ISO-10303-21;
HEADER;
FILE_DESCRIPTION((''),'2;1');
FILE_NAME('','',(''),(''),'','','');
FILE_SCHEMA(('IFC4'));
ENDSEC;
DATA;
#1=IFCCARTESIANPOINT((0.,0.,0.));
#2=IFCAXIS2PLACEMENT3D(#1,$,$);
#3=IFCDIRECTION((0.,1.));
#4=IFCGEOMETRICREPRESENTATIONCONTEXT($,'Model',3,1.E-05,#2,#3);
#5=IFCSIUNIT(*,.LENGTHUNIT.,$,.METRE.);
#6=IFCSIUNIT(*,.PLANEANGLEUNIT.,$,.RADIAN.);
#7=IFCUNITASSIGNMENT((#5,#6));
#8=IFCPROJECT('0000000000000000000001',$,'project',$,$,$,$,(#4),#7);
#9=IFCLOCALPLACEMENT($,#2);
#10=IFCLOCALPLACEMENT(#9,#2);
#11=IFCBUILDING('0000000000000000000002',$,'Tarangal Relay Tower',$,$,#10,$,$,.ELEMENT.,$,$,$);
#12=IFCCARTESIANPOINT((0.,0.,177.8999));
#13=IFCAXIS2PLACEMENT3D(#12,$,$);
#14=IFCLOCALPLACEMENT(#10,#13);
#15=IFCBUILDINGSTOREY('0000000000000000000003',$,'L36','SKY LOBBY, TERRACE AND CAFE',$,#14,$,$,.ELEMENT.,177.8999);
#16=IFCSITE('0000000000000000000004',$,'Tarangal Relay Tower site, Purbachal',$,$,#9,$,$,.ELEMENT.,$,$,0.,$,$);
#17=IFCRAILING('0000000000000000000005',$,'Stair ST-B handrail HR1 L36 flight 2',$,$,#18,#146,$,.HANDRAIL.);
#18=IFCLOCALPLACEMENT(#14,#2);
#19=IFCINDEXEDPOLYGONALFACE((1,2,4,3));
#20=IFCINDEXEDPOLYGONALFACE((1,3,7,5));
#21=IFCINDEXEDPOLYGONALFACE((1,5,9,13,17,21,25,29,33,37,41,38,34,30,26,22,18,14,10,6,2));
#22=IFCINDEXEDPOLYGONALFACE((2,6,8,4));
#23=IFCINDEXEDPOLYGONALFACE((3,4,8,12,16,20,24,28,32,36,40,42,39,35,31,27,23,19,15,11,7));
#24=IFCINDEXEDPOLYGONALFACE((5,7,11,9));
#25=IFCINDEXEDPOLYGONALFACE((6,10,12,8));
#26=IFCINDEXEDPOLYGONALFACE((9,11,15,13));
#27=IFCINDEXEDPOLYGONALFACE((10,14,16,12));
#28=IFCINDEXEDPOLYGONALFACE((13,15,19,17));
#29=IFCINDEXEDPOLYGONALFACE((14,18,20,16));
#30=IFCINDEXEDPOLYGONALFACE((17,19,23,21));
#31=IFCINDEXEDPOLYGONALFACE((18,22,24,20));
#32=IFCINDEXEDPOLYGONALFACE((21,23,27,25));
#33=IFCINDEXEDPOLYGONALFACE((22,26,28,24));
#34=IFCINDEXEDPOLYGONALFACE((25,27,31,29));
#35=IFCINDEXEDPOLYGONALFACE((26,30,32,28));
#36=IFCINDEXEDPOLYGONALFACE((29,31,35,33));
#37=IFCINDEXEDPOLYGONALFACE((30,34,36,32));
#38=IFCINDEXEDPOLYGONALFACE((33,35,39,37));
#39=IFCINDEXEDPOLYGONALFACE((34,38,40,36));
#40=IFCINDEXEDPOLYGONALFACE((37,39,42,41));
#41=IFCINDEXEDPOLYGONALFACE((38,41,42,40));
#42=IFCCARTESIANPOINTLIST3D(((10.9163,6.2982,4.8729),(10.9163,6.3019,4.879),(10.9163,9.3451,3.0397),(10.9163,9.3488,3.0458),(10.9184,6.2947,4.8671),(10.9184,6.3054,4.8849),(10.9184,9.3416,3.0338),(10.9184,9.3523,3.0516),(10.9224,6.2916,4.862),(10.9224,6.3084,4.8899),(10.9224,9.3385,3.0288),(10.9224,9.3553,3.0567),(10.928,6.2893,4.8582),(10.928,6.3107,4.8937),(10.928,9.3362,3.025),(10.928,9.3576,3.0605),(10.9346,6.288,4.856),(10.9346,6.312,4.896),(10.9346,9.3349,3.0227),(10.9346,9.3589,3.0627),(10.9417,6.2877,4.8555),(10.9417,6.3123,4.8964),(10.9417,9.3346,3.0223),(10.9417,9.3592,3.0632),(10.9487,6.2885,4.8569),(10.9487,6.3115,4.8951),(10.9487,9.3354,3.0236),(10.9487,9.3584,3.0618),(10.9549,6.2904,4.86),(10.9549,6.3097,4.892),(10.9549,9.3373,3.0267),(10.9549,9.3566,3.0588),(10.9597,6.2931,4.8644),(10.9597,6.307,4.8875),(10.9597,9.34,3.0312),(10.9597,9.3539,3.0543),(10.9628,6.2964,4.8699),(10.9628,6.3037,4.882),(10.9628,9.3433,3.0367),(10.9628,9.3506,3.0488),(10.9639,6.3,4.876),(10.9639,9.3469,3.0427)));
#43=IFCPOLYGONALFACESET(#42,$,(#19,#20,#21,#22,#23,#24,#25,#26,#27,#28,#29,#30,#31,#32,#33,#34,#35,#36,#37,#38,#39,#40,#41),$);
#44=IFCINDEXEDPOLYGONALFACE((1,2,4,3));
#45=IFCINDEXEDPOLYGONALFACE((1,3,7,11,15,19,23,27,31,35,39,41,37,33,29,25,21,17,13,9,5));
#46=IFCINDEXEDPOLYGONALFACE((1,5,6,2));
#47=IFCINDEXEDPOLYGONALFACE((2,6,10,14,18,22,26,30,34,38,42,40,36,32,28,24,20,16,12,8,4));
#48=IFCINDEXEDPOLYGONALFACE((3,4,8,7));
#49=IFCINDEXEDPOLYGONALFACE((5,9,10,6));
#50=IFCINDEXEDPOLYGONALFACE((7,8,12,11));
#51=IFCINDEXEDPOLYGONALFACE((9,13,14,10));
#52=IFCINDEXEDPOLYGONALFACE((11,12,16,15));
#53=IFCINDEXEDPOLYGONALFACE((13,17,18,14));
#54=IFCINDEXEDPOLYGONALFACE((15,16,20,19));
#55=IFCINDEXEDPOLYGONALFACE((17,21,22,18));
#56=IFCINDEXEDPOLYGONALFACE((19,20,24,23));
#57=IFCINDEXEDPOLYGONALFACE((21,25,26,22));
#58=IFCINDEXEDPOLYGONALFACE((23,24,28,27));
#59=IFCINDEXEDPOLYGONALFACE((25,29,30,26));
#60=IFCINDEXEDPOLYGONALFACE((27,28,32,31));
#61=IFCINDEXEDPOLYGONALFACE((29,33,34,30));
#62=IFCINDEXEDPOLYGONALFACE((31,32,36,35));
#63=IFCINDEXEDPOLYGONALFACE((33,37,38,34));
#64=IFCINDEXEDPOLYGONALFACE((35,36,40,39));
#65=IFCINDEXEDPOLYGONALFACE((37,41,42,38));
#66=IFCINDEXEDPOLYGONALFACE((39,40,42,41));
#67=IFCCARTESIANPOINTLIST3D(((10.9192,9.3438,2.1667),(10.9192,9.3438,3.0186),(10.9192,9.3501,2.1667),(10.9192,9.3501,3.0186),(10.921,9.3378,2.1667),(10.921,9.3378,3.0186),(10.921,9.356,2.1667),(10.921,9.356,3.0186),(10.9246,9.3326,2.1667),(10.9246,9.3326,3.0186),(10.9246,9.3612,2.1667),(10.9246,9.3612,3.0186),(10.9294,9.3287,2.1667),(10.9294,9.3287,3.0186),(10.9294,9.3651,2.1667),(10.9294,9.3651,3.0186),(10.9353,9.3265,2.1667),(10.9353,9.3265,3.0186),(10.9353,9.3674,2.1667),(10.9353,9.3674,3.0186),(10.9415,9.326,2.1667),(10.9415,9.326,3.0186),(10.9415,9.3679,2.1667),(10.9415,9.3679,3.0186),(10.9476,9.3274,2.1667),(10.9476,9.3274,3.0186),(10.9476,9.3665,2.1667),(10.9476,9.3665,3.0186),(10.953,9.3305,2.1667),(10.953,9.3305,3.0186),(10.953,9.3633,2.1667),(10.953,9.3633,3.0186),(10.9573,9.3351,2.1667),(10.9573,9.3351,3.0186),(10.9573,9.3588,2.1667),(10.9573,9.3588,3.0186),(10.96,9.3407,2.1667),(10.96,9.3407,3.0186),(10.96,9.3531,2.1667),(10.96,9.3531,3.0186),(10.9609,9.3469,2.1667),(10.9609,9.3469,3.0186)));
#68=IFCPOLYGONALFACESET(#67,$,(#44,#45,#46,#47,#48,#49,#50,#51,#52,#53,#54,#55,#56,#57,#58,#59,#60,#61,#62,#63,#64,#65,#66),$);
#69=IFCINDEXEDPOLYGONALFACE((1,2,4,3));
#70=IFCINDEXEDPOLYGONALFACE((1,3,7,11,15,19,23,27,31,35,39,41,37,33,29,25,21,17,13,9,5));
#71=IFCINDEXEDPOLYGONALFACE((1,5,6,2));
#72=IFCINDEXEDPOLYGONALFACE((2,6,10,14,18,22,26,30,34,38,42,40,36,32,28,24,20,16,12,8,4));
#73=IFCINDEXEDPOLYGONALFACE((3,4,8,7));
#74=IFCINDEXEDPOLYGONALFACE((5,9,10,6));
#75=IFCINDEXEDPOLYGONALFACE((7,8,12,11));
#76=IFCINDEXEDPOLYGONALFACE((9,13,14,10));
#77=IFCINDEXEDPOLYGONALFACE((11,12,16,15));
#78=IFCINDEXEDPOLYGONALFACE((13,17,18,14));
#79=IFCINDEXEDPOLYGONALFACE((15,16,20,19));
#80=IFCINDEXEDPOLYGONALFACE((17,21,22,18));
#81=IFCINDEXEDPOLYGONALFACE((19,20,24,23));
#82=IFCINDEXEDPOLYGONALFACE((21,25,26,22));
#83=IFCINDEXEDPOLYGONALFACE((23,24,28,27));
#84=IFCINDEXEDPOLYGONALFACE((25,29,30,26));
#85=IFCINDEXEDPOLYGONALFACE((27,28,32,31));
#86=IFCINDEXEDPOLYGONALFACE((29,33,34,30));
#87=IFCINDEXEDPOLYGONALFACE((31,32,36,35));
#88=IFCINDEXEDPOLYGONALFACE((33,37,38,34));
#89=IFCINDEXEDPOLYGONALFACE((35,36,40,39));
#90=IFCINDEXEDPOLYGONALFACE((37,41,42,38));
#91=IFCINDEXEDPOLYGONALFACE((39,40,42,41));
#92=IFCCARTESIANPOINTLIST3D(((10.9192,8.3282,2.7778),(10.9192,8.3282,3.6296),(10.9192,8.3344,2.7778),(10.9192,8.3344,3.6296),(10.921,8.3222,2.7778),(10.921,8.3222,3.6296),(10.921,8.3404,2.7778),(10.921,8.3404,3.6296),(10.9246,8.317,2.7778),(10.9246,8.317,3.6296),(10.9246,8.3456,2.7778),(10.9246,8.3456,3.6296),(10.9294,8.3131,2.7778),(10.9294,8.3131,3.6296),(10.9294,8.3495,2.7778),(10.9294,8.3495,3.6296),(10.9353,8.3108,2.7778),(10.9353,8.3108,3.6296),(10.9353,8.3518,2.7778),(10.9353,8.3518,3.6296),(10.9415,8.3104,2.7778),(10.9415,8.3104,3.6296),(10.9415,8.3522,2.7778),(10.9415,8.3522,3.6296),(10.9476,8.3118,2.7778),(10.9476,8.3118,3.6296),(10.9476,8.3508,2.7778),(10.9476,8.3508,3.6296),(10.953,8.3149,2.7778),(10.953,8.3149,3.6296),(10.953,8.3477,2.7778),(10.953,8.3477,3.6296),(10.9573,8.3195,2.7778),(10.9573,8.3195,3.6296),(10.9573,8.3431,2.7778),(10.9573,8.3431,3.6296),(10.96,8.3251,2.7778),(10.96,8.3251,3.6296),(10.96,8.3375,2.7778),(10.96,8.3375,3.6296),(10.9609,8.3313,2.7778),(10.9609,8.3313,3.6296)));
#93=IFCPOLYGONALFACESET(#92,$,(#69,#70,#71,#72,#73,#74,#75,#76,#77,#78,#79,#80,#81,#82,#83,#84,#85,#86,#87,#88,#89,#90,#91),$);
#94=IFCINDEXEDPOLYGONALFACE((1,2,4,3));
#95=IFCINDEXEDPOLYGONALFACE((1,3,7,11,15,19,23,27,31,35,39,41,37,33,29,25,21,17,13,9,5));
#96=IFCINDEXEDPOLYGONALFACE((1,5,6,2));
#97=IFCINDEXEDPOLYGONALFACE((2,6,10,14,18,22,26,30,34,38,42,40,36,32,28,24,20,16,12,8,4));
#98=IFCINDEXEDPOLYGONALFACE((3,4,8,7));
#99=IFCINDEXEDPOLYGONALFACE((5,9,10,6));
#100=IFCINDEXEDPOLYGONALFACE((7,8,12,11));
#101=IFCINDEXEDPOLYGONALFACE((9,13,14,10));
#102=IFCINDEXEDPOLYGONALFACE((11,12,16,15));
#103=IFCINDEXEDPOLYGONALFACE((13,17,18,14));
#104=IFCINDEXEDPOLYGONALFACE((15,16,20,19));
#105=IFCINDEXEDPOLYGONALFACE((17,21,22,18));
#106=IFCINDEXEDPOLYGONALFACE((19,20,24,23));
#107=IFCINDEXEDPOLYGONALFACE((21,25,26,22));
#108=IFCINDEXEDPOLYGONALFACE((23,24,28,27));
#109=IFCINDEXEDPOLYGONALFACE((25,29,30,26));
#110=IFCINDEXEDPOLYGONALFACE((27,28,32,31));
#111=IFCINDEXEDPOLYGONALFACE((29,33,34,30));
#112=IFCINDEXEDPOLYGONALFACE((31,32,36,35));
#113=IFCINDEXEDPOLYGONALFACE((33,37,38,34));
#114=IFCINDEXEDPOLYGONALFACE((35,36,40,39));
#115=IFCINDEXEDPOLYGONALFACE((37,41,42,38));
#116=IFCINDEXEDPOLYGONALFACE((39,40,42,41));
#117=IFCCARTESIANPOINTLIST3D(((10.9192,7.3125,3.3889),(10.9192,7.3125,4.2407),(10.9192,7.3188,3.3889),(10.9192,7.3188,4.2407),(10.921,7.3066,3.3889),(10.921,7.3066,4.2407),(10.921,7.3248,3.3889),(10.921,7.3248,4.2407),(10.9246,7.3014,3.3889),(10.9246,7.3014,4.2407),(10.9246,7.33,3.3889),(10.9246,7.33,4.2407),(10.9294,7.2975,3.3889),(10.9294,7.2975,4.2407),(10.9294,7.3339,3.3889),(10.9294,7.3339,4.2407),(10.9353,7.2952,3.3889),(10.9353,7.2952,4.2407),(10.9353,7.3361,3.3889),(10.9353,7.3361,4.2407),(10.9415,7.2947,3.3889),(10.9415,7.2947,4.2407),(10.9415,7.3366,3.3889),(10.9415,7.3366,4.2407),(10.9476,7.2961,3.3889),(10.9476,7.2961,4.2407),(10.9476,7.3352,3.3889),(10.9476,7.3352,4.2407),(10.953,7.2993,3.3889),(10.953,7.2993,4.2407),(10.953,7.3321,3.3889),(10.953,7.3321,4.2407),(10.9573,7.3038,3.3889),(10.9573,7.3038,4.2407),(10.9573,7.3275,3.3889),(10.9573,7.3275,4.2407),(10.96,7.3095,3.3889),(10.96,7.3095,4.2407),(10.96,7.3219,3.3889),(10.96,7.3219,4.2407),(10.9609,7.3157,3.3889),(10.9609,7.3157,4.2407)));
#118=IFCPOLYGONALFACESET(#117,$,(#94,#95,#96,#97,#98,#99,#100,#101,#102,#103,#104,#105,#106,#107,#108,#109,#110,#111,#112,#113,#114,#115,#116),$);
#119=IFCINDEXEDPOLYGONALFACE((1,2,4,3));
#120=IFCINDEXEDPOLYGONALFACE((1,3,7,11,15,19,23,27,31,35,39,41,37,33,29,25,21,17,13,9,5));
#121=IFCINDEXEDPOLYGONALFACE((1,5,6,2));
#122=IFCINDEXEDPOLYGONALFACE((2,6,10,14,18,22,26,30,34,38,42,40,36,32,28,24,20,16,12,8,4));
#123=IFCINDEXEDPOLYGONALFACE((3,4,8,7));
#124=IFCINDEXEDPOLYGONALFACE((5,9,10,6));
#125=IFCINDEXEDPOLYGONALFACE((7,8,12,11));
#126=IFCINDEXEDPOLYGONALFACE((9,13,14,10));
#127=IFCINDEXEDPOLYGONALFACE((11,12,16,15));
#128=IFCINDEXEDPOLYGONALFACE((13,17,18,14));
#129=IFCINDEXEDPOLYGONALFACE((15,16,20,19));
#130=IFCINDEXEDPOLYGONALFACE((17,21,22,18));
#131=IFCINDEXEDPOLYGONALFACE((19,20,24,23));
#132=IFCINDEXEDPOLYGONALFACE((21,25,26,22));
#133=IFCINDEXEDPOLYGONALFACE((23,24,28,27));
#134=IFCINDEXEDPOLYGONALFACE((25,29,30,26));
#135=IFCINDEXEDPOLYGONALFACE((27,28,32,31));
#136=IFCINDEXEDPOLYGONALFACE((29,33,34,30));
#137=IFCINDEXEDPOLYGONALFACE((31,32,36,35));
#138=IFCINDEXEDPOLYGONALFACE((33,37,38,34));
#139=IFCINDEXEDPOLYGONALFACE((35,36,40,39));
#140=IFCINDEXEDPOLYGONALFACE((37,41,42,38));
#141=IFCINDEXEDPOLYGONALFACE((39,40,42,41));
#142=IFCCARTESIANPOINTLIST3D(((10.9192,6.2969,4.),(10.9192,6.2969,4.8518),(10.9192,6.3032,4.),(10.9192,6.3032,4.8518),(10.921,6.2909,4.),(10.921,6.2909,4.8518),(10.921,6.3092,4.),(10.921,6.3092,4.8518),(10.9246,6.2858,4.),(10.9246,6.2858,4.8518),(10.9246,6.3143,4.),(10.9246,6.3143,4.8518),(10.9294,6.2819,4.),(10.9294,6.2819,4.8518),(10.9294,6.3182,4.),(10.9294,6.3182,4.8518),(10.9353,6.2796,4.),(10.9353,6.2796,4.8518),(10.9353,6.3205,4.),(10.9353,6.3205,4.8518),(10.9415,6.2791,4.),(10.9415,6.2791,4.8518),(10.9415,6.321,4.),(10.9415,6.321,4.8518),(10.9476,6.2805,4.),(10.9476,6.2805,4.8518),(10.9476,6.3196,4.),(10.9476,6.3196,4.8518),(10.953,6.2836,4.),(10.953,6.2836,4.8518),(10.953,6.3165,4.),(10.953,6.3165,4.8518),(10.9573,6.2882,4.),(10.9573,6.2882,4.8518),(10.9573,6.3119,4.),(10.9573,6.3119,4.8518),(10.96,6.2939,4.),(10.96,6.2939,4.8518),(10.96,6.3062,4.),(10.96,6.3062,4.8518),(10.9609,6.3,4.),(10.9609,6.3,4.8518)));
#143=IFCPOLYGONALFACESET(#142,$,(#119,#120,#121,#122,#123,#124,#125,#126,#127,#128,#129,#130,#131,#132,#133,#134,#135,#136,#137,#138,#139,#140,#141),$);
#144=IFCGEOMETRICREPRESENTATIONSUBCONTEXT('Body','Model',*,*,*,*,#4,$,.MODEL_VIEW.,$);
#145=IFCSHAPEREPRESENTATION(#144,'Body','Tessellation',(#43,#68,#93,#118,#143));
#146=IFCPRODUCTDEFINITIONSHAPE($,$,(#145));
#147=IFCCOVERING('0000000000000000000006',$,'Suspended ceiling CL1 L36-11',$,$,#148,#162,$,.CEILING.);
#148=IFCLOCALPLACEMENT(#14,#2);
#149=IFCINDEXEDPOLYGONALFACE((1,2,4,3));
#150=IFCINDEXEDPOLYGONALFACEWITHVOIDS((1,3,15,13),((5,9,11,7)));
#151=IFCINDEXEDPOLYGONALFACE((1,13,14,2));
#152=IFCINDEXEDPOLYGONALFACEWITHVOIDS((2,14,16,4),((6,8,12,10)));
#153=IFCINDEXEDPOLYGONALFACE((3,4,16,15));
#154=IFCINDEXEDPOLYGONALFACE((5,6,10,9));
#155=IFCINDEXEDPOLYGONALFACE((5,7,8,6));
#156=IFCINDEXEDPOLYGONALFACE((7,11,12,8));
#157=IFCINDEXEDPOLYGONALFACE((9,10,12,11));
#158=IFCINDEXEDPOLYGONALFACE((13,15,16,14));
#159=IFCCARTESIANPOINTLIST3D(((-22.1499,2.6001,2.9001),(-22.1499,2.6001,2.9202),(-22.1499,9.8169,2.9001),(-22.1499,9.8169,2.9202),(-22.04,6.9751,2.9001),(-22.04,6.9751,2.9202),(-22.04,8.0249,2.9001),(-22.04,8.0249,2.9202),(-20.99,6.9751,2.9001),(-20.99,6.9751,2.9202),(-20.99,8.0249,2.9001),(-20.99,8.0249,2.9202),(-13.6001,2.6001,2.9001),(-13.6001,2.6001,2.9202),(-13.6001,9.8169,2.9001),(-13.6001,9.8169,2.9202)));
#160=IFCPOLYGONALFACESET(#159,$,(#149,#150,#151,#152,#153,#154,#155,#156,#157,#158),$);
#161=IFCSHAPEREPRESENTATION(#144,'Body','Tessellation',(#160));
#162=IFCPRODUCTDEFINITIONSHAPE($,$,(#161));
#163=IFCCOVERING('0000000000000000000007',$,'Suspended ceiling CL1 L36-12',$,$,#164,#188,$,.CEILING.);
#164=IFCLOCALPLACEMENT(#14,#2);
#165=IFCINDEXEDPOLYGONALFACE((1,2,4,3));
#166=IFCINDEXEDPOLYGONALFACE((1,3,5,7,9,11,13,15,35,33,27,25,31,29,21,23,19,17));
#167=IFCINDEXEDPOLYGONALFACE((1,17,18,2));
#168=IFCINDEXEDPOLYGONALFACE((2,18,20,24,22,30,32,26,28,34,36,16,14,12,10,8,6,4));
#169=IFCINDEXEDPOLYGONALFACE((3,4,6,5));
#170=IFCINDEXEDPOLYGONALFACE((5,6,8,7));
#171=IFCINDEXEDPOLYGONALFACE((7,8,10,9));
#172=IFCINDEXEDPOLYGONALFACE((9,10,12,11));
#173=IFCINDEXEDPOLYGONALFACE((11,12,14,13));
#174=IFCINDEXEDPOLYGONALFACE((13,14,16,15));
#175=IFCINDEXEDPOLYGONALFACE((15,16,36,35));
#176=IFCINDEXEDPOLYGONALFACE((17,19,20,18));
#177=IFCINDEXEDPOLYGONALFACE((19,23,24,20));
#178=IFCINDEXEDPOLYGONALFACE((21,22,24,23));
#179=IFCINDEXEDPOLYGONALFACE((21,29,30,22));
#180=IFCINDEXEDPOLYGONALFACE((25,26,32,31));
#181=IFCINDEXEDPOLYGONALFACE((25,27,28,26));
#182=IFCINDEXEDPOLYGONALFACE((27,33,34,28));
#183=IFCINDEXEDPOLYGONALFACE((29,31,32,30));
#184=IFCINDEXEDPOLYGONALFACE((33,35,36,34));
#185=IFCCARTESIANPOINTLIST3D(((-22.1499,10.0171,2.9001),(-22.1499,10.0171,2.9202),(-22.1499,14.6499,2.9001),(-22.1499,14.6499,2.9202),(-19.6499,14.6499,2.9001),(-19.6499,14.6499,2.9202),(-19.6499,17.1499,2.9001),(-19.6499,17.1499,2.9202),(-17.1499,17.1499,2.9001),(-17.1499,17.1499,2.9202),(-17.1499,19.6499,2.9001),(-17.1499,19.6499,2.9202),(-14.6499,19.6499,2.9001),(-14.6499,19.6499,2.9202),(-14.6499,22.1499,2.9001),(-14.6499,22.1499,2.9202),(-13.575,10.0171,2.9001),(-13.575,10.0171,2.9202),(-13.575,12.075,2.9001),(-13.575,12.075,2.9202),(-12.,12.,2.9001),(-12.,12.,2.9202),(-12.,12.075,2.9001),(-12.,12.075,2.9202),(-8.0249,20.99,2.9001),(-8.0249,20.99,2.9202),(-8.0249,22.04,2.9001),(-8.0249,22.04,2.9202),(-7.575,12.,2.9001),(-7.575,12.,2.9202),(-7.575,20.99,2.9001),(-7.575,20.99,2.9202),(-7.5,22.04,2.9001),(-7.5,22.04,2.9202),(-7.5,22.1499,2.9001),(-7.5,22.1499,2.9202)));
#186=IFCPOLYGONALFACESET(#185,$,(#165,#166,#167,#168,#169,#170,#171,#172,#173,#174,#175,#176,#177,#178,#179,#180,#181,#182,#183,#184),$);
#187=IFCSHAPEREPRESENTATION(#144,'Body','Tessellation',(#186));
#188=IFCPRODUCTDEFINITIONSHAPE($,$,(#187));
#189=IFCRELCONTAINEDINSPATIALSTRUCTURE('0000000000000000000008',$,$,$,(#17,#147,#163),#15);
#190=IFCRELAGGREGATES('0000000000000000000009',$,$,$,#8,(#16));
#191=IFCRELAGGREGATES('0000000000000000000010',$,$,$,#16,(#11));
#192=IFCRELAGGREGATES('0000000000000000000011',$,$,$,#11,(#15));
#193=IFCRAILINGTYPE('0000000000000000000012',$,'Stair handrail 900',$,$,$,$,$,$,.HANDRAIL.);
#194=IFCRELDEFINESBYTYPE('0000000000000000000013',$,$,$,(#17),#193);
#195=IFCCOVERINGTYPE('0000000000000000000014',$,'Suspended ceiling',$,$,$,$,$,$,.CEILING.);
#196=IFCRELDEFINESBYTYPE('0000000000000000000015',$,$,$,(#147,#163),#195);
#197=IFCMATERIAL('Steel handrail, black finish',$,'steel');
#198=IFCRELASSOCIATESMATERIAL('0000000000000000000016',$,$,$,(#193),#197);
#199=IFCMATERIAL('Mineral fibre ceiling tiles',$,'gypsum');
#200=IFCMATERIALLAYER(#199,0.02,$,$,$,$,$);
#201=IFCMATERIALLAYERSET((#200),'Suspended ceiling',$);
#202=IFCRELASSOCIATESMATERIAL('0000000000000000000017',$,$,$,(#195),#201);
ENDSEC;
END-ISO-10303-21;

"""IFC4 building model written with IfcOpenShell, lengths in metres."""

from ifc_helpers import new_model, si_unit, direction, frame, origin, origin_2d, place, context, subcontext, project, spatial, polyline, circle, outline, extrude, material, layer, layer_set, type_object, element, save


model = new_model("IFC4")

# Units and contexts
model_context = context("Model", 3, precision=1e-05, world=origin(), true_north=direction((0.0, 1.0)))
body_context = subcontext(model_context, "Body", "Model", "MODEL_VIEW")
ifc_project = project(units=[si_unit("LENGTHUNIT", "METRE"), si_unit("PLANEANGLEUNIT", "RADIAN")], contexts=[model_context])

# Site, building, storey
site_placement = place(None, origin())
site = spatial("IfcSite", under=ifc_project, at=site_placement, Name="Tarangal Relay Tower site, Purbachal", CompositionType="ELEMENT", RefElevation=0.0)
building_placement = place(site_placement, origin())
building = spatial("IfcBuilding", under=site, at=building_placement, Name="Tarangal Relay Tower", CompositionType="ELEMENT")
storey_placement = place(building_placement, frame((0.0, 0.0, 177.8999)))
storey = spatial("IfcBuildingStorey", under=building, at=storey_placement, Name="L36", Description="SKY LOBBY, TERRACE AND CAFE", CompositionType="ELEMENT", Elevation=177.8999)

# Railing
ifc_material_1 = material(Name="Steel handrail, black finish", Category="steel")
railing_type_1 = type_object("IfcRailingType", Name="Stair handrail 900", PredefinedType="HANDRAIL", material=ifc_material_1)
railing_1_placement = place(storey_placement, frame((10.9399, 9.3469, 2.1667)))
element("IfcRailing", 1, at=railing_1_placement, inside=storey, type_object=railing_type_1, Name="Stair ST-B handrail HR1 L36 flight 2", PredefinedType="HANDRAIL", context=body_context, shape_type="SweptSolid", body=[
    extrude(circle(Radius=0.0239, at=origin_2d()), frame((0.0, 0.0, 0.876), z_axis=(0.0, -0.856856, 0.515556), x_axis=(1.0, 0.0, 0.0)), (0.0, 0.0, 1.0), 3.5559),
    extrude(circle(Radius=0.021, at=origin_2d()), origin(), (0.0, 0.0, 1.0), 0.8518),
    extrude(circle(Radius=0.021, at=origin_2d()), frame((0.0, -1.0156, 0.6111)), (0.0, 0.0, 1.0), 0.8518),
    extrude(circle(Radius=0.021, at=origin_2d()), frame((0.0, -2.0312, 1.2222)), (0.0, 0.0, 1.0), 0.8518),
    extrude(circle(Radius=0.021, at=origin_2d()), frame((0.0, -3.0469, 1.8333)), (0.0, 0.0, 1.0), 0.8518),
])

# Coverings
ifc_material_2 = material(Name="Mineral fibre ceiling tiles", Category="gypsum")
ifc_layer_1 = layer(ifc_material_2, 0.02)
ifc_layer_set_1 = layer_set([ifc_layer_1], Name="Suspended ceiling")
covering_type = type_object("IfcCoveringType", Name="Suspended ceiling", PredefinedType="CEILING", material=ifc_layer_set_1)
covering_1_placement = place(storey_placement, frame((0.0, 0.0, 2.9001)))
element("IfcCovering", 2, at=covering_1_placement, inside=storey, type_object=covering_type, Name="Suspended ceiling CL1 L36-11", PredefinedType="CEILING", context=body_context, shape_type="SweptSolid", body=[
    extrude(outline(polyline([(-22.1499, 9.8169), (-22.1499, 2.6001), (-13.6001, 2.6001), (-13.6001, 9.8169), (-22.1499, 9.8169)]), holes=[polyline([(-20.99, 8.0249), (-22.04, 8.0249), (-22.04, 6.9751), (-20.99, 6.9751), (-20.99, 8.0249)])]), origin(), (0.0, 0.0, 1.0), 0.02),
])
covering_2_placement = place(storey_placement, frame((0.0, 0.0, 2.9001)))
element("IfcCovering", 3, at=covering_2_placement, inside=storey, type_object=covering_type, Name="Suspended ceiling CL1 L36-12", PredefinedType="CEILING", context=body_context, shape_type="SweptSolid", body=[
    extrude(outline(polyline([(-22.1499, 14.6499), (-22.1499, 10.0171), (-13.575, 10.0171), (-13.575, 12.075), (-12.0, 12.075), (-12.0, 12.0), (-7.575, 12.0), (-7.575, 20.99), (-8.0249, 20.99), (-8.0249, 22.04), (-7.5, 22.04), (-7.5, 22.1499), (-14.6499, 22.1499), (-14.6499, 19.6499), (-17.1499, 19.6499), (-17.1499, 17.1499), (-19.6499, 17.1499), (-19.6499, 14.6499), (-22.1499, 14.6499)])), origin(), (0.0, 0.0, 1.0), 0.02),
])

save(model, "model.ifc")
